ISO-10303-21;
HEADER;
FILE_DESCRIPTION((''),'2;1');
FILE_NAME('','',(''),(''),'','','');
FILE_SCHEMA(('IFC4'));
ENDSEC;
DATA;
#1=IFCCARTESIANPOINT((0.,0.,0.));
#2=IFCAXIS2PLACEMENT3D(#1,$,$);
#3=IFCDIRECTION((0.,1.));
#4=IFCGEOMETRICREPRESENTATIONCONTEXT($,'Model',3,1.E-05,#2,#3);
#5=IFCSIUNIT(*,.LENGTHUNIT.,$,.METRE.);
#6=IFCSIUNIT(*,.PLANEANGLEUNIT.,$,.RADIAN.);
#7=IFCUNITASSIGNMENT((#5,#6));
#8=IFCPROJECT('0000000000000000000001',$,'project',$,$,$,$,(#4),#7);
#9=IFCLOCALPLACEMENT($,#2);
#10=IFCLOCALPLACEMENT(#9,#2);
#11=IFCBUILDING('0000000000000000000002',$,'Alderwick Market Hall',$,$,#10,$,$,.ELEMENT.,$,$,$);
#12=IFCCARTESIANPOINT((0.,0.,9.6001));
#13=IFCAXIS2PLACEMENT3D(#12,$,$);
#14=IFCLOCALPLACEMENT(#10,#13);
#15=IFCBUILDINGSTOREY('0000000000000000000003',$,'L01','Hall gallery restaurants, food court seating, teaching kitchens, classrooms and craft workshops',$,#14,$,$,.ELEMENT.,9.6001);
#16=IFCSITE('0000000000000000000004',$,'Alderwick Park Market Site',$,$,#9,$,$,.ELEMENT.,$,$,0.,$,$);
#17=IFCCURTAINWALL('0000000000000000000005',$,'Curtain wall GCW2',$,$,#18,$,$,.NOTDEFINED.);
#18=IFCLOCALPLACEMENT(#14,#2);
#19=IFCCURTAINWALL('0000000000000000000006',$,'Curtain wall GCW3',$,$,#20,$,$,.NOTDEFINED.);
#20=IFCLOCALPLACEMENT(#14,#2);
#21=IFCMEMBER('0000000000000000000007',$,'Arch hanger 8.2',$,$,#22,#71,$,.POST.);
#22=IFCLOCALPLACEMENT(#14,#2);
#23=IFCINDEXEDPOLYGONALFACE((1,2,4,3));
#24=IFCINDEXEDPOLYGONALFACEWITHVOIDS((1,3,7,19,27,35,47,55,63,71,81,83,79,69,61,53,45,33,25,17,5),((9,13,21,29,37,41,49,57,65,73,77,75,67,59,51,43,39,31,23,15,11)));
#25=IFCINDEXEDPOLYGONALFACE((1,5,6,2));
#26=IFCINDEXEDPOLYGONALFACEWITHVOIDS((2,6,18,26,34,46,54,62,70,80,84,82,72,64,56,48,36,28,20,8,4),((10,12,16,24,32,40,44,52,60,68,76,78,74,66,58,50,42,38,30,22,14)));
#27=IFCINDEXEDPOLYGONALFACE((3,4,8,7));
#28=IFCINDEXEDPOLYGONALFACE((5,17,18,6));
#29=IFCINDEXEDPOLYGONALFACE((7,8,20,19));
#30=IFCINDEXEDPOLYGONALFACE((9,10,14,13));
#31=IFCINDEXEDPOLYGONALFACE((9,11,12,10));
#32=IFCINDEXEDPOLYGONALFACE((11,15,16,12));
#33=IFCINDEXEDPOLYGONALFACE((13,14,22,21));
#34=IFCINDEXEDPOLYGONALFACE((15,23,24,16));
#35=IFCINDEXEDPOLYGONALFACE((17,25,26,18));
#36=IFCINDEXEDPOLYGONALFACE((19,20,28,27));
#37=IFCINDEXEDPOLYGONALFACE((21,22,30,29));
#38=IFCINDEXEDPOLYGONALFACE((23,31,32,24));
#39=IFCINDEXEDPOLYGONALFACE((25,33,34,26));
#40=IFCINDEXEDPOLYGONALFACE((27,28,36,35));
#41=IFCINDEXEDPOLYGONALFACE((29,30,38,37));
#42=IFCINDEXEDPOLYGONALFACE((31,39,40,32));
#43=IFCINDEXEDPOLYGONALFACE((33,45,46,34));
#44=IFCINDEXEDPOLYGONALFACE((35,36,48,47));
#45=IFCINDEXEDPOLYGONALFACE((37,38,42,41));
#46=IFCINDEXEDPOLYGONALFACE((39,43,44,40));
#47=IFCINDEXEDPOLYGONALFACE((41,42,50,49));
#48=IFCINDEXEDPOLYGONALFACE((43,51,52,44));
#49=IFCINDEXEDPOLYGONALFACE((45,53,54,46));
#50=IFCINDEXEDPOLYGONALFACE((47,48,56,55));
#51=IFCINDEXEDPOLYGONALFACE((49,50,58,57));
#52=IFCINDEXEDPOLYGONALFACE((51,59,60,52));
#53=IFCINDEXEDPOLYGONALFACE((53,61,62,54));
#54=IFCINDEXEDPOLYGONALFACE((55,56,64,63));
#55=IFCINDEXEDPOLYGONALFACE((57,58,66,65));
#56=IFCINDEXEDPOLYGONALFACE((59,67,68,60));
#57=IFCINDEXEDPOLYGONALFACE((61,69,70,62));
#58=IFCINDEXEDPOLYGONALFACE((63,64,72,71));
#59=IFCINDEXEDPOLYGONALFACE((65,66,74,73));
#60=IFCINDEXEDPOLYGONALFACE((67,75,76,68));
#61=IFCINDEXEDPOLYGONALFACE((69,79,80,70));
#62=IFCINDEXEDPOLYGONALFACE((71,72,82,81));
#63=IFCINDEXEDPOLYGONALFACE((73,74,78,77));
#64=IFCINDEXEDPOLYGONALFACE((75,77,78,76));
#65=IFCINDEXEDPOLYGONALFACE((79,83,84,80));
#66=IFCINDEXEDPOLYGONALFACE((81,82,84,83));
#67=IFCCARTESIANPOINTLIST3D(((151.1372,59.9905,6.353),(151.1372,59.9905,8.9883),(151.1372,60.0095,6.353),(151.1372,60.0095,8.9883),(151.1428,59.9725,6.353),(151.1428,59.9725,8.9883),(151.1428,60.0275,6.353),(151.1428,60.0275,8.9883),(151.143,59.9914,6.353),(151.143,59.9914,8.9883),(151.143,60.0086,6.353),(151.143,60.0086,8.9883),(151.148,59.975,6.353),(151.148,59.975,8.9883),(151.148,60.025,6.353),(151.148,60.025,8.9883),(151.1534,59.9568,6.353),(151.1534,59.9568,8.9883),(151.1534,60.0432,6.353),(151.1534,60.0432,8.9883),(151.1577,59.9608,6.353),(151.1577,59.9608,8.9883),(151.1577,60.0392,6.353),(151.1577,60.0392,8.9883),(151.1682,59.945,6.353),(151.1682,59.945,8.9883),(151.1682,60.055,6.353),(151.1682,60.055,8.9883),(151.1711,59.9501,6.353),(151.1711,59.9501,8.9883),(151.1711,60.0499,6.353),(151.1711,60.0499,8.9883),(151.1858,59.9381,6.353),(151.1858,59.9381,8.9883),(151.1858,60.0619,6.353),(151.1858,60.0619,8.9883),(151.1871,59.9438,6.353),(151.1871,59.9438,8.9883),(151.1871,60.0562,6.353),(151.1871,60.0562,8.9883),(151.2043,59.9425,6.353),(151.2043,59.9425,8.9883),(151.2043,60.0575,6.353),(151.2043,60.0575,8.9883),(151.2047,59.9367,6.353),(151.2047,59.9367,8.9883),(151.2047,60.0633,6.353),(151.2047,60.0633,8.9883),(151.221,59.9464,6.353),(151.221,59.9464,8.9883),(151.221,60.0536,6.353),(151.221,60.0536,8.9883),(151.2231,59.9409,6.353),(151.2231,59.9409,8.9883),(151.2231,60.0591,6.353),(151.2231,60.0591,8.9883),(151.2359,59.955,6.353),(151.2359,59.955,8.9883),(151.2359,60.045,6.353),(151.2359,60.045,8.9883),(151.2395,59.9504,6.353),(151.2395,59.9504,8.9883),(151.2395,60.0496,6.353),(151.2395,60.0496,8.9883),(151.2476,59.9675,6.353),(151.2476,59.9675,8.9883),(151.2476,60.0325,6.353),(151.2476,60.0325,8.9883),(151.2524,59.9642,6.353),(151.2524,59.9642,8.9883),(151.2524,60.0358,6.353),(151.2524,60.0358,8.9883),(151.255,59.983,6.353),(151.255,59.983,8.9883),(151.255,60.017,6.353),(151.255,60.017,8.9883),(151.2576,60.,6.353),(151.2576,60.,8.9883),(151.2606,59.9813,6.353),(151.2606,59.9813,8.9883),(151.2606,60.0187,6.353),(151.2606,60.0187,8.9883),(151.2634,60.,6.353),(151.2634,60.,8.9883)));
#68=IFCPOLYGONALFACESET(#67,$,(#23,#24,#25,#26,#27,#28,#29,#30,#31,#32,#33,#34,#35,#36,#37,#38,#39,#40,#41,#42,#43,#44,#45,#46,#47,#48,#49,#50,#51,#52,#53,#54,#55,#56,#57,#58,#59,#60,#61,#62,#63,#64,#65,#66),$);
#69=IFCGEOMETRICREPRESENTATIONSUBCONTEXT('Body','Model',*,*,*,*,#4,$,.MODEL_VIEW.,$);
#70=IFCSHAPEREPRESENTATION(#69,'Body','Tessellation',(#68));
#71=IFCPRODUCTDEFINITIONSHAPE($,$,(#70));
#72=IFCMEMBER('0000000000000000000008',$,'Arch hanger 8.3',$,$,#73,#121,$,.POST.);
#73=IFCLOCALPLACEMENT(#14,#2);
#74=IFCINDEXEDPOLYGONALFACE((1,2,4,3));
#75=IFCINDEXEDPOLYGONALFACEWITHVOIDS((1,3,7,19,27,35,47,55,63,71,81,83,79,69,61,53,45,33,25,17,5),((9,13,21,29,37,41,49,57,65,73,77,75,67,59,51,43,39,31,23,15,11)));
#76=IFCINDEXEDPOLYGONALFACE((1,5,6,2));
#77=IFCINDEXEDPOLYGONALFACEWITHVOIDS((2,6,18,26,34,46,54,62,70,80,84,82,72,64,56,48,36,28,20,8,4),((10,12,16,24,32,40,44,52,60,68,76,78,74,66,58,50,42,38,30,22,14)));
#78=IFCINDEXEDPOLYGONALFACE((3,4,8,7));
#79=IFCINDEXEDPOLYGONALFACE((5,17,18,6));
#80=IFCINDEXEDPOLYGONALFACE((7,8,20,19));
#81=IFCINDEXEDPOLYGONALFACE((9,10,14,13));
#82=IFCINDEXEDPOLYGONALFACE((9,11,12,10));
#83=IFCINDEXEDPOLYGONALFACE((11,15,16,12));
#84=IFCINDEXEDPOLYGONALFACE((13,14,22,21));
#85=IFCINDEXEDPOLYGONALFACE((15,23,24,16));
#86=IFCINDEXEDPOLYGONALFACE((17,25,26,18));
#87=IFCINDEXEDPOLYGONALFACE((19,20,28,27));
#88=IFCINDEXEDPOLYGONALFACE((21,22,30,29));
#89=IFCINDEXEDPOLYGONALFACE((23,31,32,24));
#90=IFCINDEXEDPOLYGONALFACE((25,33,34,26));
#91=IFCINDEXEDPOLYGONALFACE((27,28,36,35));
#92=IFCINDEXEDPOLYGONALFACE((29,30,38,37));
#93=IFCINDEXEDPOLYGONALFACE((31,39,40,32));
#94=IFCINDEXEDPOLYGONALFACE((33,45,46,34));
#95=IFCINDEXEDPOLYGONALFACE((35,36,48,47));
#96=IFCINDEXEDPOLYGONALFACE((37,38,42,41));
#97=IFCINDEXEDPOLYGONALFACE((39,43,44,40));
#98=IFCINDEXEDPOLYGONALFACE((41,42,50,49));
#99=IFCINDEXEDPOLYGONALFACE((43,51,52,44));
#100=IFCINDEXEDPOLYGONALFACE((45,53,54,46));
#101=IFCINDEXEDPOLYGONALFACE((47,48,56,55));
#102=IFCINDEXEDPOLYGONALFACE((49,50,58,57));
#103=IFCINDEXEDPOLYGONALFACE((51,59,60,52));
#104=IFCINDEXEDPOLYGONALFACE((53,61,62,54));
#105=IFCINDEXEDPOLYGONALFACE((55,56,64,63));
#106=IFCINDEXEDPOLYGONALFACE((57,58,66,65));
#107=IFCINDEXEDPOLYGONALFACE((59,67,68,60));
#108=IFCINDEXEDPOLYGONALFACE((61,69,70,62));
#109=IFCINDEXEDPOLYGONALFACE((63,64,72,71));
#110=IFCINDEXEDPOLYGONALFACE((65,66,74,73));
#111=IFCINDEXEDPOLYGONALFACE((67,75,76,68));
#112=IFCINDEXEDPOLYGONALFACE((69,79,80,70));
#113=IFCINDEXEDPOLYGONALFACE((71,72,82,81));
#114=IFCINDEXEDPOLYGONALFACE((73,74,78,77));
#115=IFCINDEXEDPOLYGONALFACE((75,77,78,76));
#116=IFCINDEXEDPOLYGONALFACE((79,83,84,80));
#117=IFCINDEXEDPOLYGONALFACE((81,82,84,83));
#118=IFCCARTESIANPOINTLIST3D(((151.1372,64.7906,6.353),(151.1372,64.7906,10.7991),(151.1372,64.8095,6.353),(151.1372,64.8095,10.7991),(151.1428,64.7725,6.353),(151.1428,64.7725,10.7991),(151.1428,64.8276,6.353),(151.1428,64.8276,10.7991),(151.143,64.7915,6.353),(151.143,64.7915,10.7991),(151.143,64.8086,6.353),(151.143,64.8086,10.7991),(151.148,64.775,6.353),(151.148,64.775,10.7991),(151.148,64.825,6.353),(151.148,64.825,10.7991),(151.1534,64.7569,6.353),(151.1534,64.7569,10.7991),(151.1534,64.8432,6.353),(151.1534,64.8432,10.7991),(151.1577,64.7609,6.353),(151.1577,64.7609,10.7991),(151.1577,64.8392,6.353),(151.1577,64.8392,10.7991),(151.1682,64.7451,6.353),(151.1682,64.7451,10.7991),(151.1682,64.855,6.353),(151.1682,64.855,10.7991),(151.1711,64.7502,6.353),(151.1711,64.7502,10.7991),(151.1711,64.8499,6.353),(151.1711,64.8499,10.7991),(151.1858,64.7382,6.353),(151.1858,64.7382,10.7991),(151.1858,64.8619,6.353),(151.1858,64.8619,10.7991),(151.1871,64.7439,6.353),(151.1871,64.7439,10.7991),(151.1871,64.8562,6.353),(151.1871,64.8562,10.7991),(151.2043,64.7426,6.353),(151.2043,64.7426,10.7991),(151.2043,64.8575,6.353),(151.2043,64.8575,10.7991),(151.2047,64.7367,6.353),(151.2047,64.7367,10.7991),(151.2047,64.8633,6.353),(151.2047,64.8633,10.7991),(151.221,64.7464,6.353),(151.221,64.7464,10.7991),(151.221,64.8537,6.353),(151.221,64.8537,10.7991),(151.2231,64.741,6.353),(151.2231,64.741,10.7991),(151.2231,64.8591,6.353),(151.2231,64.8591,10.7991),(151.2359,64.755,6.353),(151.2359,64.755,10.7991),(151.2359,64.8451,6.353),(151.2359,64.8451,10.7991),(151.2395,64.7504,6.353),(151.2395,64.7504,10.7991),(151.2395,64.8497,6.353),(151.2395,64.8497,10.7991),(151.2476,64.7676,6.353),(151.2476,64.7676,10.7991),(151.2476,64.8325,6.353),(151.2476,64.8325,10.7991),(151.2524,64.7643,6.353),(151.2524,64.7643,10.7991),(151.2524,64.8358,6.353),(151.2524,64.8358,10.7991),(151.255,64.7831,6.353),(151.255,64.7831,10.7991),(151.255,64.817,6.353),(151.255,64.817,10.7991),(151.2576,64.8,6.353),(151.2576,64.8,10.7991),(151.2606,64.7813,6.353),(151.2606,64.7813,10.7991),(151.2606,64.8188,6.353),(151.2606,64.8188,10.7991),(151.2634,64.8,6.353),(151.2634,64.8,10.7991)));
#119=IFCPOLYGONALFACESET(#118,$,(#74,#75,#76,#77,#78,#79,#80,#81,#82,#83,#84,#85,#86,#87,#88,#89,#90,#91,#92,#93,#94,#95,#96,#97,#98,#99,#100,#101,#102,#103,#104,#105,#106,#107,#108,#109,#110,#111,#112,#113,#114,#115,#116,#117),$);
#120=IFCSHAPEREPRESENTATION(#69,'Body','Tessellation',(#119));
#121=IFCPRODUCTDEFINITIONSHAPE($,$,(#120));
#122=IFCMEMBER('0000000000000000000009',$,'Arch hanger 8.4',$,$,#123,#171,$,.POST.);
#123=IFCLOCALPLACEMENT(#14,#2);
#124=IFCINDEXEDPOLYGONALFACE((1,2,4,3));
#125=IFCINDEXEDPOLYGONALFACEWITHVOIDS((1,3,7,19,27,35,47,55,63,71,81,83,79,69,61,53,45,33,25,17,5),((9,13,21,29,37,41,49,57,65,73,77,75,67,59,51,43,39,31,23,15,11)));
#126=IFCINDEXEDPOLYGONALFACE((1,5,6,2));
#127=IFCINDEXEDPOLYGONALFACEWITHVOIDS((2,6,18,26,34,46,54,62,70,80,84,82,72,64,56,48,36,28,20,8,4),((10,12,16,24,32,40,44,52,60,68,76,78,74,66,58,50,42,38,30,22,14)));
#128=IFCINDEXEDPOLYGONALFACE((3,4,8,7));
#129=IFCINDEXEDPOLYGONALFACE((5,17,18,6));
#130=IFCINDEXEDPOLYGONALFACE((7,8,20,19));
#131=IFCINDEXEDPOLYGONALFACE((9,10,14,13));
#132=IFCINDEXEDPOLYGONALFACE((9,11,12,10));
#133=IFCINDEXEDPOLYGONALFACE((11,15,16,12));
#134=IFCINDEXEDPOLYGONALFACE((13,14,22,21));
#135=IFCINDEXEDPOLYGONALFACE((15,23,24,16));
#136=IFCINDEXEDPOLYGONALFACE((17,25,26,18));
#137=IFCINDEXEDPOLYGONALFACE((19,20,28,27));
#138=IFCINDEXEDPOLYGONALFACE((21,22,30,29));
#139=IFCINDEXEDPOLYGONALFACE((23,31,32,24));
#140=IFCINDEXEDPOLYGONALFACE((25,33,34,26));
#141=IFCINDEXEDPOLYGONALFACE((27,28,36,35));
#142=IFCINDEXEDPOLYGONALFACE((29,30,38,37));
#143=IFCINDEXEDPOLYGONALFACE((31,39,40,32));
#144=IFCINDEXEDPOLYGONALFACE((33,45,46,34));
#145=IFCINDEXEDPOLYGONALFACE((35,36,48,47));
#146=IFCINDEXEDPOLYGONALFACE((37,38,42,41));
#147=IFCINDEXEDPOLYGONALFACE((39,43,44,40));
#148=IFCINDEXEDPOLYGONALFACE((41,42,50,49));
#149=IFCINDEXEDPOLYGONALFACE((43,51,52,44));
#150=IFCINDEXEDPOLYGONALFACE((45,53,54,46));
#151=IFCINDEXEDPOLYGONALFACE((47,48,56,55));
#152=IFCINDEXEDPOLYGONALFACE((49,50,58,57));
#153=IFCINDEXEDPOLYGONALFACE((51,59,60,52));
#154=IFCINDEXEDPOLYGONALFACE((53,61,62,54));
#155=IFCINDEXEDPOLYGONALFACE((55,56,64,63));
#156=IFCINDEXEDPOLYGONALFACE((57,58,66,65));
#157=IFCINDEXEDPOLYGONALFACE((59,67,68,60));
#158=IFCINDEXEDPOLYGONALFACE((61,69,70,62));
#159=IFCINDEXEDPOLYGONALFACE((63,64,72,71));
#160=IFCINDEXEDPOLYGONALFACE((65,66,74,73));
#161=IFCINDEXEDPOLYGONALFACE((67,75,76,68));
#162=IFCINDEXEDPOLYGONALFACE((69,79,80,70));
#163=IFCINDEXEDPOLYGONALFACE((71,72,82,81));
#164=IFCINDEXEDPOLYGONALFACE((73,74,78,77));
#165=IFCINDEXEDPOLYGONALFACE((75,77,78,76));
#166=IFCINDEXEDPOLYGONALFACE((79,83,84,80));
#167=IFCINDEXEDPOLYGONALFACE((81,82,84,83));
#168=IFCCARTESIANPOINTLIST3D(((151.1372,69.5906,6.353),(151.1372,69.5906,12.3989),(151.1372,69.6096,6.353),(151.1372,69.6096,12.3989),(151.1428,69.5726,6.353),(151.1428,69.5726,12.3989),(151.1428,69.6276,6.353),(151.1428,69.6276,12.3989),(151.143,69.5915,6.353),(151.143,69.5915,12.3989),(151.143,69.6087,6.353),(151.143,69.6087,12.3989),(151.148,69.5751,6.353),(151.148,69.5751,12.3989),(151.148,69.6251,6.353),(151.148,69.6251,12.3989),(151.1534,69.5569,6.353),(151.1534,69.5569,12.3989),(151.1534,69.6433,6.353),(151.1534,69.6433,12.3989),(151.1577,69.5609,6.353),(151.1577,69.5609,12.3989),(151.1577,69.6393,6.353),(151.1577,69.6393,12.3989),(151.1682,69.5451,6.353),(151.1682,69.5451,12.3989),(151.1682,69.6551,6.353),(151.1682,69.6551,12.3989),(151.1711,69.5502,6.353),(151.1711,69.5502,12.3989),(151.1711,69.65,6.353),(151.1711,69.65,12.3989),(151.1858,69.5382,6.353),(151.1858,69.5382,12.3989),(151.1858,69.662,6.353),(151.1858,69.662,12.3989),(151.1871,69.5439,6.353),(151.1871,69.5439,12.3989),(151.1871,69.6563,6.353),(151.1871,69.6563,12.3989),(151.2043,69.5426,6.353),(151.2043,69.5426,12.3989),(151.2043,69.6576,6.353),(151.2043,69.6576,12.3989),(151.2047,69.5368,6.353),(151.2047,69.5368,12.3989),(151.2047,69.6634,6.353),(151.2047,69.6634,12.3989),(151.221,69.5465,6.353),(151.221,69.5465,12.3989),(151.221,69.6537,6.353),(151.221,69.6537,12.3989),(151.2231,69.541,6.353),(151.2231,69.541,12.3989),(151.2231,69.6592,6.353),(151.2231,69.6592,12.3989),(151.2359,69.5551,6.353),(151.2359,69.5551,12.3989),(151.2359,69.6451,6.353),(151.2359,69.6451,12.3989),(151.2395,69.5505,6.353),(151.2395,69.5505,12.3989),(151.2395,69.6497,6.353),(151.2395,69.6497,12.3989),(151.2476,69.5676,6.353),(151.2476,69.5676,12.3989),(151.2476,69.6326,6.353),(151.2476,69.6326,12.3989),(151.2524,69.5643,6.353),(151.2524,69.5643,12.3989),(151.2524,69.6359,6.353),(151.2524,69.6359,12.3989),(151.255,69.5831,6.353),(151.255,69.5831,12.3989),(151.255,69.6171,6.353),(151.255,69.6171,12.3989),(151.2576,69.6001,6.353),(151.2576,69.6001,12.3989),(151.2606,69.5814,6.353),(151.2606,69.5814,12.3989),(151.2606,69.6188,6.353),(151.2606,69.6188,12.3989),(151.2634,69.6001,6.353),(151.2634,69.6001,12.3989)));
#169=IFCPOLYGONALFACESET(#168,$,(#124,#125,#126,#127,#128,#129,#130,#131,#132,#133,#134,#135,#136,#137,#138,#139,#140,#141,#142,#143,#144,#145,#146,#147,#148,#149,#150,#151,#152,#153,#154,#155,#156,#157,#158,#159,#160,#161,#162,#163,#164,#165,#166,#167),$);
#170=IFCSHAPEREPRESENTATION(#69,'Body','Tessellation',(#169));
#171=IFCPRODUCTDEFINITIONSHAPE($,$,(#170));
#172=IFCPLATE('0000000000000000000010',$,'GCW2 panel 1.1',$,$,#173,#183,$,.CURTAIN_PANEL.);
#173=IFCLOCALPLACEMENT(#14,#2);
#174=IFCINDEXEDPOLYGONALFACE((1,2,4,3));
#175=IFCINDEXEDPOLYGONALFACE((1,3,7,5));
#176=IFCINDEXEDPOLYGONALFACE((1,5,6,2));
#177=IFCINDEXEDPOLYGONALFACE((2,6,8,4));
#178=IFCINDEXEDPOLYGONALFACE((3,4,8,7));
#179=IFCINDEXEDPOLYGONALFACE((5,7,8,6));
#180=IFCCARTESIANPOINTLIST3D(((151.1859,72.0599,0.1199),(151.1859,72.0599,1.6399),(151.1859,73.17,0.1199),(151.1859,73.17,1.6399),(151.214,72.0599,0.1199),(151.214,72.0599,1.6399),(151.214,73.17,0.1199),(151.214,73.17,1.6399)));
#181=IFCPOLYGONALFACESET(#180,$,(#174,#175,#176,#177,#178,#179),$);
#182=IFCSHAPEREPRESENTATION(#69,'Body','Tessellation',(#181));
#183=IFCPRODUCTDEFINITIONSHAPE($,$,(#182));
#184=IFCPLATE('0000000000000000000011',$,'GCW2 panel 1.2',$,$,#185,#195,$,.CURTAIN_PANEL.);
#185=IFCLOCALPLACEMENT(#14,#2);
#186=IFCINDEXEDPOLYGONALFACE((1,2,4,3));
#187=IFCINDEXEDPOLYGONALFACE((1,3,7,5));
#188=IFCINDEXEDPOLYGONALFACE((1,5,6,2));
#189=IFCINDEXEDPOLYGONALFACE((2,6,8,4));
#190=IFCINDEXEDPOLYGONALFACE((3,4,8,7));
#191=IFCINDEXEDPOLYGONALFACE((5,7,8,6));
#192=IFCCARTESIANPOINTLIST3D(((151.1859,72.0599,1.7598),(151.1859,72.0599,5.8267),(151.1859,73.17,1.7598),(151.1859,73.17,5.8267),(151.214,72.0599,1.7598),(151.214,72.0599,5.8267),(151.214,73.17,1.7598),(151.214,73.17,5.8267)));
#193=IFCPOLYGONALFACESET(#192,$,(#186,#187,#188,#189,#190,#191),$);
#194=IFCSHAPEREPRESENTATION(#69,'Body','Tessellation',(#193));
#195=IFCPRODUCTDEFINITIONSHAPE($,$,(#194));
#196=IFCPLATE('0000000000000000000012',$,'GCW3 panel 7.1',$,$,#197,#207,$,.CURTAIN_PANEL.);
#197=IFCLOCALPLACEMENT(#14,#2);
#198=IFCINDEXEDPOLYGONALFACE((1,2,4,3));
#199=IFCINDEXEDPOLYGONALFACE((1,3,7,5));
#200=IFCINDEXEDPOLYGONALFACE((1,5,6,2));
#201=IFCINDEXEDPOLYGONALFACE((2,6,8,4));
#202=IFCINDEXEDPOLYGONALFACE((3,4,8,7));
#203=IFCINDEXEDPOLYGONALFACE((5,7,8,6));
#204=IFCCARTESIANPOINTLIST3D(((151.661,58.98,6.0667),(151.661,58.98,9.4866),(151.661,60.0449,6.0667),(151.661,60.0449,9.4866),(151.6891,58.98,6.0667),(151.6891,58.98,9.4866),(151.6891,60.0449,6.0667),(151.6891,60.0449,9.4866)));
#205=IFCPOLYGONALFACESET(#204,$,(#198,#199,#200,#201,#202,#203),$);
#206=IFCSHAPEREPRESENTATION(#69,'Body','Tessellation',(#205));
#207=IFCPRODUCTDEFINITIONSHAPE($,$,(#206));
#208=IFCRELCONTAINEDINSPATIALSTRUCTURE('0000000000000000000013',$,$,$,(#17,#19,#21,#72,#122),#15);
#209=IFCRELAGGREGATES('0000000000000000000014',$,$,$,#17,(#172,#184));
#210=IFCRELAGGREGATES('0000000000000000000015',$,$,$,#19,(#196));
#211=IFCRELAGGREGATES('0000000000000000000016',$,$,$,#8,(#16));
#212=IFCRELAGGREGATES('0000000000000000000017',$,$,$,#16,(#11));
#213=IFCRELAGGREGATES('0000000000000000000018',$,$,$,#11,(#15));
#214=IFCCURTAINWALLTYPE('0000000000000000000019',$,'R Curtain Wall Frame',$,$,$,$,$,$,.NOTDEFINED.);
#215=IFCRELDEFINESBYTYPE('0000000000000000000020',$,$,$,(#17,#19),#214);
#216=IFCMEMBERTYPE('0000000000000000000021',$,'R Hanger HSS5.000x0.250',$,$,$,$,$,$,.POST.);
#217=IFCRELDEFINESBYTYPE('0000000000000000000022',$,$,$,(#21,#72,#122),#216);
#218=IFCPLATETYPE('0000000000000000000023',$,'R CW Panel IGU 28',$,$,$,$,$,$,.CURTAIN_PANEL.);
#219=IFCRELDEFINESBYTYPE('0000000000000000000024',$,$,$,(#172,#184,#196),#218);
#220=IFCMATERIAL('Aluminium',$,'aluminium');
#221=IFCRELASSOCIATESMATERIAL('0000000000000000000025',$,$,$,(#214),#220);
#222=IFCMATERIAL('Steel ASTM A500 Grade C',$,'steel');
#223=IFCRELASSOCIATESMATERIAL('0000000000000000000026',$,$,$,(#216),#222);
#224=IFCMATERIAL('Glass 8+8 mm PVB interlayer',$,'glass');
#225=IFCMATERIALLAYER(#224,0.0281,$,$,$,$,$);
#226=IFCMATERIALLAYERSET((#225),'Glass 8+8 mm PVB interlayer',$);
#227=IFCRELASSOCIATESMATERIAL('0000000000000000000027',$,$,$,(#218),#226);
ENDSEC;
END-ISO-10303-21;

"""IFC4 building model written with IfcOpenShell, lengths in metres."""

from ifc_helpers import new_model, si_unit, direction, frame, origin, origin_2d, place, context, subcontext, project, spatial, rectangle, hollow_circle, extrude, material, layer, layer_set, material_profile, profile_set, type_object, element, aggregate, save


model = new_model("IFC4")

# Units and contexts
model_context = context("Model", 3, precision=1e-05, world=origin(), true_north=direction((0.0, 1.0)))
body_context = subcontext(model_context, "Body", "Model", "MODEL_VIEW")
ifc_project = project(units=[si_unit("LENGTHUNIT", "METRE"), si_unit("PLANEANGLEUNIT", "RADIAN")], contexts=[model_context])

# Site, building, storey
site_placement = place(None, origin())
site = spatial("IfcSite", under=ifc_project, at=site_placement, Name="Alderwick Park Market Site", CompositionType="ELEMENT", RefElevation=0.0)
building_placement = place(site_placement, origin())
building = spatial("IfcBuilding", under=site, at=building_placement, Name="Alderwick Market Hall", CompositionType="ELEMENT")
storey_placement = place(building_placement, frame((0.0, 0.0, 9.6001)))
storey = spatial("IfcBuildingStorey", under=building, at=storey_placement, Name="L01", Description="Hall gallery restaurants, food court seating, teaching kitchens, classrooms and craft workshops", CompositionType="ELEMENT", Elevation=9.6001)

# Curtain wall
ifc_material_1 = material(Name="Aluminium", Category="aluminium")
curtain_wall_type = type_object("IfcCurtainWallType", Name="R Curtain Wall Frame", PredefinedType="NOTDEFINED", material=ifc_material_1)
curtain_wall_1_placement = place(storey_placement, origin())
curtain_wall_1 = element("IfcCurtainWall", 1, at=curtain_wall_1_placement, inside=storey, type_object=curtain_wall_type, Name="Curtain wall GCW2", PredefinedType="NOTDEFINED")

# Curtain wall
curtain_wall_2_placement = place(storey_placement, origin())
curtain_wall_2 = element("IfcCurtainWall", 2, at=curtain_wall_2_placement, inside=storey, type_object=curtain_wall_type, Name="Curtain wall GCW3", PredefinedType="NOTDEFINED")

# Members
ifc_material_2 = material(Name="Steel ASTM A500 Grade C", Category="steel")
ifc_material_profile_1 = material_profile(ifc_material_2, hollow_circle(Radius=0.0635, WallThickness=0.0059, at=origin_2d()), Name="HSS5.000x0.250")
ifc_profile_set_1 = profile_set([ifc_material_profile_1], Name="Steel ASTM A500 Grade C")
member_type_1 = type_object("IfcMemberType", Name="R Hanger HSS5.000x0.250", PredefinedType="POST", material=ifc_profile_set_1)
member_1_placement = place(storey_placement, frame((151.2, 60.0, 6.353), z_axis=(0.0, 0.0, 1.0), x_axis=(1.0, 0.0, 0.0)))
element("IfcMember", 3, at=member_1_placement, inside=storey, type_object=member_type_1, Name="Arch hanger 8.2", PredefinedType="POST", context=body_context, shape_type="SweptSolid", body=[
    extrude(hollow_circle(Radius=0.0635, WallThickness=0.0059, at=origin_2d()), origin(), (0.0, 0.0, 1.0), 2.6353),
])
member_2_placement = place(storey_placement, frame((151.2, 64.8, 6.353), z_axis=(0.0, 0.0, 1.0), x_axis=(1.0, 0.0, 0.0)))
element("IfcMember", 4, at=member_2_placement, inside=storey, type_object=member_type_1, Name="Arch hanger 8.3", PredefinedType="POST", context=body_context, shape_type="SweptSolid", body=[
    extrude(hollow_circle(Radius=0.0635, WallThickness=0.0059, at=origin_2d()), origin(), (0.0, 0.0, 1.0), 4.446),
])
member_3_placement = place(storey_placement, frame((151.2, 69.6001, 6.353), z_axis=(0.0, 0.0, 1.0), x_axis=(1.0, 0.0, 0.0)))
element("IfcMember", 5, at=member_3_placement, inside=storey, type_object=member_type_1, Name="Arch hanger 8.4", PredefinedType="POST", context=body_context, shape_type="SweptSolid", body=[
    extrude(hollow_circle(Radius=0.0635, WallThickness=0.0059, at=origin_2d()), origin(), (0.0, 0.0, 1.0), 6.0459),
])

# Plates
ifc_material_3 = material(Name="Glass 8+8 mm PVB interlayer", Category="glass")
ifc_layer = layer(ifc_material_3, 0.0281)
ifc_layer_set = layer_set([ifc_layer], Name="Glass 8+8 mm PVB interlayer")
plate_type = type_object("IfcPlateType", Name="R CW Panel IGU 28", PredefinedType="CURTAIN_PANEL", material=ifc_layer_set)
plate_1_placement = place(storey_placement, frame((151.2, 72.615, 0.1199), z_axis=(0.0, 0.0, 1.0), x_axis=(1.0, 0.0, 0.0)))
plate_1 = element("IfcPlate", 6, at=plate_1_placement, type_object=plate_type, Name="GCW2 panel 1.1", PredefinedType="CURTAIN_PANEL", context=body_context, shape_type="SweptSolid", body=[
    extrude(rectangle(XDim=0.0281, YDim=1.1101, at=origin_2d()), origin(), (0.0, 0.0, 1.0), 1.52),
])
plate_2_placement = place(storey_placement, frame((151.2, 72.615, 1.7598), z_axis=(0.0, 0.0, 1.0), x_axis=(1.0, 0.0, 0.0)))
plate_2 = element("IfcPlate", 7, at=plate_2_placement, type_object=plate_type, Name="GCW2 panel 1.2", PredefinedType="CURTAIN_PANEL", context=body_context, shape_type="SweptSolid", body=[
    extrude(rectangle(XDim=0.0281, YDim=1.1101, at=origin_2d()), origin(), (0.0, 0.0, 1.0), 4.0669),
])
aggregate(curtain_wall_1, [plate_1, plate_2])
plate_3_placement = place(storey_placement, frame((151.675, 59.5125, 6.0667), z_axis=(0.0, 0.0, 1.0), x_axis=(1.0, 0.0, 0.0)))
plate_3 = element("IfcPlate", 8, at=plate_3_placement, type_object=plate_type, Name="GCW3 panel 7.1", PredefinedType="CURTAIN_PANEL", context=body_context, shape_type="SweptSolid", body=[
    extrude(rectangle(XDim=0.0281, YDim=1.0649, at=origin_2d()), origin(), (0.0, 0.0, 1.0), 3.4199),
])
aggregate(curtain_wall_2, [plate_3])

save(model, "model.ifc")
